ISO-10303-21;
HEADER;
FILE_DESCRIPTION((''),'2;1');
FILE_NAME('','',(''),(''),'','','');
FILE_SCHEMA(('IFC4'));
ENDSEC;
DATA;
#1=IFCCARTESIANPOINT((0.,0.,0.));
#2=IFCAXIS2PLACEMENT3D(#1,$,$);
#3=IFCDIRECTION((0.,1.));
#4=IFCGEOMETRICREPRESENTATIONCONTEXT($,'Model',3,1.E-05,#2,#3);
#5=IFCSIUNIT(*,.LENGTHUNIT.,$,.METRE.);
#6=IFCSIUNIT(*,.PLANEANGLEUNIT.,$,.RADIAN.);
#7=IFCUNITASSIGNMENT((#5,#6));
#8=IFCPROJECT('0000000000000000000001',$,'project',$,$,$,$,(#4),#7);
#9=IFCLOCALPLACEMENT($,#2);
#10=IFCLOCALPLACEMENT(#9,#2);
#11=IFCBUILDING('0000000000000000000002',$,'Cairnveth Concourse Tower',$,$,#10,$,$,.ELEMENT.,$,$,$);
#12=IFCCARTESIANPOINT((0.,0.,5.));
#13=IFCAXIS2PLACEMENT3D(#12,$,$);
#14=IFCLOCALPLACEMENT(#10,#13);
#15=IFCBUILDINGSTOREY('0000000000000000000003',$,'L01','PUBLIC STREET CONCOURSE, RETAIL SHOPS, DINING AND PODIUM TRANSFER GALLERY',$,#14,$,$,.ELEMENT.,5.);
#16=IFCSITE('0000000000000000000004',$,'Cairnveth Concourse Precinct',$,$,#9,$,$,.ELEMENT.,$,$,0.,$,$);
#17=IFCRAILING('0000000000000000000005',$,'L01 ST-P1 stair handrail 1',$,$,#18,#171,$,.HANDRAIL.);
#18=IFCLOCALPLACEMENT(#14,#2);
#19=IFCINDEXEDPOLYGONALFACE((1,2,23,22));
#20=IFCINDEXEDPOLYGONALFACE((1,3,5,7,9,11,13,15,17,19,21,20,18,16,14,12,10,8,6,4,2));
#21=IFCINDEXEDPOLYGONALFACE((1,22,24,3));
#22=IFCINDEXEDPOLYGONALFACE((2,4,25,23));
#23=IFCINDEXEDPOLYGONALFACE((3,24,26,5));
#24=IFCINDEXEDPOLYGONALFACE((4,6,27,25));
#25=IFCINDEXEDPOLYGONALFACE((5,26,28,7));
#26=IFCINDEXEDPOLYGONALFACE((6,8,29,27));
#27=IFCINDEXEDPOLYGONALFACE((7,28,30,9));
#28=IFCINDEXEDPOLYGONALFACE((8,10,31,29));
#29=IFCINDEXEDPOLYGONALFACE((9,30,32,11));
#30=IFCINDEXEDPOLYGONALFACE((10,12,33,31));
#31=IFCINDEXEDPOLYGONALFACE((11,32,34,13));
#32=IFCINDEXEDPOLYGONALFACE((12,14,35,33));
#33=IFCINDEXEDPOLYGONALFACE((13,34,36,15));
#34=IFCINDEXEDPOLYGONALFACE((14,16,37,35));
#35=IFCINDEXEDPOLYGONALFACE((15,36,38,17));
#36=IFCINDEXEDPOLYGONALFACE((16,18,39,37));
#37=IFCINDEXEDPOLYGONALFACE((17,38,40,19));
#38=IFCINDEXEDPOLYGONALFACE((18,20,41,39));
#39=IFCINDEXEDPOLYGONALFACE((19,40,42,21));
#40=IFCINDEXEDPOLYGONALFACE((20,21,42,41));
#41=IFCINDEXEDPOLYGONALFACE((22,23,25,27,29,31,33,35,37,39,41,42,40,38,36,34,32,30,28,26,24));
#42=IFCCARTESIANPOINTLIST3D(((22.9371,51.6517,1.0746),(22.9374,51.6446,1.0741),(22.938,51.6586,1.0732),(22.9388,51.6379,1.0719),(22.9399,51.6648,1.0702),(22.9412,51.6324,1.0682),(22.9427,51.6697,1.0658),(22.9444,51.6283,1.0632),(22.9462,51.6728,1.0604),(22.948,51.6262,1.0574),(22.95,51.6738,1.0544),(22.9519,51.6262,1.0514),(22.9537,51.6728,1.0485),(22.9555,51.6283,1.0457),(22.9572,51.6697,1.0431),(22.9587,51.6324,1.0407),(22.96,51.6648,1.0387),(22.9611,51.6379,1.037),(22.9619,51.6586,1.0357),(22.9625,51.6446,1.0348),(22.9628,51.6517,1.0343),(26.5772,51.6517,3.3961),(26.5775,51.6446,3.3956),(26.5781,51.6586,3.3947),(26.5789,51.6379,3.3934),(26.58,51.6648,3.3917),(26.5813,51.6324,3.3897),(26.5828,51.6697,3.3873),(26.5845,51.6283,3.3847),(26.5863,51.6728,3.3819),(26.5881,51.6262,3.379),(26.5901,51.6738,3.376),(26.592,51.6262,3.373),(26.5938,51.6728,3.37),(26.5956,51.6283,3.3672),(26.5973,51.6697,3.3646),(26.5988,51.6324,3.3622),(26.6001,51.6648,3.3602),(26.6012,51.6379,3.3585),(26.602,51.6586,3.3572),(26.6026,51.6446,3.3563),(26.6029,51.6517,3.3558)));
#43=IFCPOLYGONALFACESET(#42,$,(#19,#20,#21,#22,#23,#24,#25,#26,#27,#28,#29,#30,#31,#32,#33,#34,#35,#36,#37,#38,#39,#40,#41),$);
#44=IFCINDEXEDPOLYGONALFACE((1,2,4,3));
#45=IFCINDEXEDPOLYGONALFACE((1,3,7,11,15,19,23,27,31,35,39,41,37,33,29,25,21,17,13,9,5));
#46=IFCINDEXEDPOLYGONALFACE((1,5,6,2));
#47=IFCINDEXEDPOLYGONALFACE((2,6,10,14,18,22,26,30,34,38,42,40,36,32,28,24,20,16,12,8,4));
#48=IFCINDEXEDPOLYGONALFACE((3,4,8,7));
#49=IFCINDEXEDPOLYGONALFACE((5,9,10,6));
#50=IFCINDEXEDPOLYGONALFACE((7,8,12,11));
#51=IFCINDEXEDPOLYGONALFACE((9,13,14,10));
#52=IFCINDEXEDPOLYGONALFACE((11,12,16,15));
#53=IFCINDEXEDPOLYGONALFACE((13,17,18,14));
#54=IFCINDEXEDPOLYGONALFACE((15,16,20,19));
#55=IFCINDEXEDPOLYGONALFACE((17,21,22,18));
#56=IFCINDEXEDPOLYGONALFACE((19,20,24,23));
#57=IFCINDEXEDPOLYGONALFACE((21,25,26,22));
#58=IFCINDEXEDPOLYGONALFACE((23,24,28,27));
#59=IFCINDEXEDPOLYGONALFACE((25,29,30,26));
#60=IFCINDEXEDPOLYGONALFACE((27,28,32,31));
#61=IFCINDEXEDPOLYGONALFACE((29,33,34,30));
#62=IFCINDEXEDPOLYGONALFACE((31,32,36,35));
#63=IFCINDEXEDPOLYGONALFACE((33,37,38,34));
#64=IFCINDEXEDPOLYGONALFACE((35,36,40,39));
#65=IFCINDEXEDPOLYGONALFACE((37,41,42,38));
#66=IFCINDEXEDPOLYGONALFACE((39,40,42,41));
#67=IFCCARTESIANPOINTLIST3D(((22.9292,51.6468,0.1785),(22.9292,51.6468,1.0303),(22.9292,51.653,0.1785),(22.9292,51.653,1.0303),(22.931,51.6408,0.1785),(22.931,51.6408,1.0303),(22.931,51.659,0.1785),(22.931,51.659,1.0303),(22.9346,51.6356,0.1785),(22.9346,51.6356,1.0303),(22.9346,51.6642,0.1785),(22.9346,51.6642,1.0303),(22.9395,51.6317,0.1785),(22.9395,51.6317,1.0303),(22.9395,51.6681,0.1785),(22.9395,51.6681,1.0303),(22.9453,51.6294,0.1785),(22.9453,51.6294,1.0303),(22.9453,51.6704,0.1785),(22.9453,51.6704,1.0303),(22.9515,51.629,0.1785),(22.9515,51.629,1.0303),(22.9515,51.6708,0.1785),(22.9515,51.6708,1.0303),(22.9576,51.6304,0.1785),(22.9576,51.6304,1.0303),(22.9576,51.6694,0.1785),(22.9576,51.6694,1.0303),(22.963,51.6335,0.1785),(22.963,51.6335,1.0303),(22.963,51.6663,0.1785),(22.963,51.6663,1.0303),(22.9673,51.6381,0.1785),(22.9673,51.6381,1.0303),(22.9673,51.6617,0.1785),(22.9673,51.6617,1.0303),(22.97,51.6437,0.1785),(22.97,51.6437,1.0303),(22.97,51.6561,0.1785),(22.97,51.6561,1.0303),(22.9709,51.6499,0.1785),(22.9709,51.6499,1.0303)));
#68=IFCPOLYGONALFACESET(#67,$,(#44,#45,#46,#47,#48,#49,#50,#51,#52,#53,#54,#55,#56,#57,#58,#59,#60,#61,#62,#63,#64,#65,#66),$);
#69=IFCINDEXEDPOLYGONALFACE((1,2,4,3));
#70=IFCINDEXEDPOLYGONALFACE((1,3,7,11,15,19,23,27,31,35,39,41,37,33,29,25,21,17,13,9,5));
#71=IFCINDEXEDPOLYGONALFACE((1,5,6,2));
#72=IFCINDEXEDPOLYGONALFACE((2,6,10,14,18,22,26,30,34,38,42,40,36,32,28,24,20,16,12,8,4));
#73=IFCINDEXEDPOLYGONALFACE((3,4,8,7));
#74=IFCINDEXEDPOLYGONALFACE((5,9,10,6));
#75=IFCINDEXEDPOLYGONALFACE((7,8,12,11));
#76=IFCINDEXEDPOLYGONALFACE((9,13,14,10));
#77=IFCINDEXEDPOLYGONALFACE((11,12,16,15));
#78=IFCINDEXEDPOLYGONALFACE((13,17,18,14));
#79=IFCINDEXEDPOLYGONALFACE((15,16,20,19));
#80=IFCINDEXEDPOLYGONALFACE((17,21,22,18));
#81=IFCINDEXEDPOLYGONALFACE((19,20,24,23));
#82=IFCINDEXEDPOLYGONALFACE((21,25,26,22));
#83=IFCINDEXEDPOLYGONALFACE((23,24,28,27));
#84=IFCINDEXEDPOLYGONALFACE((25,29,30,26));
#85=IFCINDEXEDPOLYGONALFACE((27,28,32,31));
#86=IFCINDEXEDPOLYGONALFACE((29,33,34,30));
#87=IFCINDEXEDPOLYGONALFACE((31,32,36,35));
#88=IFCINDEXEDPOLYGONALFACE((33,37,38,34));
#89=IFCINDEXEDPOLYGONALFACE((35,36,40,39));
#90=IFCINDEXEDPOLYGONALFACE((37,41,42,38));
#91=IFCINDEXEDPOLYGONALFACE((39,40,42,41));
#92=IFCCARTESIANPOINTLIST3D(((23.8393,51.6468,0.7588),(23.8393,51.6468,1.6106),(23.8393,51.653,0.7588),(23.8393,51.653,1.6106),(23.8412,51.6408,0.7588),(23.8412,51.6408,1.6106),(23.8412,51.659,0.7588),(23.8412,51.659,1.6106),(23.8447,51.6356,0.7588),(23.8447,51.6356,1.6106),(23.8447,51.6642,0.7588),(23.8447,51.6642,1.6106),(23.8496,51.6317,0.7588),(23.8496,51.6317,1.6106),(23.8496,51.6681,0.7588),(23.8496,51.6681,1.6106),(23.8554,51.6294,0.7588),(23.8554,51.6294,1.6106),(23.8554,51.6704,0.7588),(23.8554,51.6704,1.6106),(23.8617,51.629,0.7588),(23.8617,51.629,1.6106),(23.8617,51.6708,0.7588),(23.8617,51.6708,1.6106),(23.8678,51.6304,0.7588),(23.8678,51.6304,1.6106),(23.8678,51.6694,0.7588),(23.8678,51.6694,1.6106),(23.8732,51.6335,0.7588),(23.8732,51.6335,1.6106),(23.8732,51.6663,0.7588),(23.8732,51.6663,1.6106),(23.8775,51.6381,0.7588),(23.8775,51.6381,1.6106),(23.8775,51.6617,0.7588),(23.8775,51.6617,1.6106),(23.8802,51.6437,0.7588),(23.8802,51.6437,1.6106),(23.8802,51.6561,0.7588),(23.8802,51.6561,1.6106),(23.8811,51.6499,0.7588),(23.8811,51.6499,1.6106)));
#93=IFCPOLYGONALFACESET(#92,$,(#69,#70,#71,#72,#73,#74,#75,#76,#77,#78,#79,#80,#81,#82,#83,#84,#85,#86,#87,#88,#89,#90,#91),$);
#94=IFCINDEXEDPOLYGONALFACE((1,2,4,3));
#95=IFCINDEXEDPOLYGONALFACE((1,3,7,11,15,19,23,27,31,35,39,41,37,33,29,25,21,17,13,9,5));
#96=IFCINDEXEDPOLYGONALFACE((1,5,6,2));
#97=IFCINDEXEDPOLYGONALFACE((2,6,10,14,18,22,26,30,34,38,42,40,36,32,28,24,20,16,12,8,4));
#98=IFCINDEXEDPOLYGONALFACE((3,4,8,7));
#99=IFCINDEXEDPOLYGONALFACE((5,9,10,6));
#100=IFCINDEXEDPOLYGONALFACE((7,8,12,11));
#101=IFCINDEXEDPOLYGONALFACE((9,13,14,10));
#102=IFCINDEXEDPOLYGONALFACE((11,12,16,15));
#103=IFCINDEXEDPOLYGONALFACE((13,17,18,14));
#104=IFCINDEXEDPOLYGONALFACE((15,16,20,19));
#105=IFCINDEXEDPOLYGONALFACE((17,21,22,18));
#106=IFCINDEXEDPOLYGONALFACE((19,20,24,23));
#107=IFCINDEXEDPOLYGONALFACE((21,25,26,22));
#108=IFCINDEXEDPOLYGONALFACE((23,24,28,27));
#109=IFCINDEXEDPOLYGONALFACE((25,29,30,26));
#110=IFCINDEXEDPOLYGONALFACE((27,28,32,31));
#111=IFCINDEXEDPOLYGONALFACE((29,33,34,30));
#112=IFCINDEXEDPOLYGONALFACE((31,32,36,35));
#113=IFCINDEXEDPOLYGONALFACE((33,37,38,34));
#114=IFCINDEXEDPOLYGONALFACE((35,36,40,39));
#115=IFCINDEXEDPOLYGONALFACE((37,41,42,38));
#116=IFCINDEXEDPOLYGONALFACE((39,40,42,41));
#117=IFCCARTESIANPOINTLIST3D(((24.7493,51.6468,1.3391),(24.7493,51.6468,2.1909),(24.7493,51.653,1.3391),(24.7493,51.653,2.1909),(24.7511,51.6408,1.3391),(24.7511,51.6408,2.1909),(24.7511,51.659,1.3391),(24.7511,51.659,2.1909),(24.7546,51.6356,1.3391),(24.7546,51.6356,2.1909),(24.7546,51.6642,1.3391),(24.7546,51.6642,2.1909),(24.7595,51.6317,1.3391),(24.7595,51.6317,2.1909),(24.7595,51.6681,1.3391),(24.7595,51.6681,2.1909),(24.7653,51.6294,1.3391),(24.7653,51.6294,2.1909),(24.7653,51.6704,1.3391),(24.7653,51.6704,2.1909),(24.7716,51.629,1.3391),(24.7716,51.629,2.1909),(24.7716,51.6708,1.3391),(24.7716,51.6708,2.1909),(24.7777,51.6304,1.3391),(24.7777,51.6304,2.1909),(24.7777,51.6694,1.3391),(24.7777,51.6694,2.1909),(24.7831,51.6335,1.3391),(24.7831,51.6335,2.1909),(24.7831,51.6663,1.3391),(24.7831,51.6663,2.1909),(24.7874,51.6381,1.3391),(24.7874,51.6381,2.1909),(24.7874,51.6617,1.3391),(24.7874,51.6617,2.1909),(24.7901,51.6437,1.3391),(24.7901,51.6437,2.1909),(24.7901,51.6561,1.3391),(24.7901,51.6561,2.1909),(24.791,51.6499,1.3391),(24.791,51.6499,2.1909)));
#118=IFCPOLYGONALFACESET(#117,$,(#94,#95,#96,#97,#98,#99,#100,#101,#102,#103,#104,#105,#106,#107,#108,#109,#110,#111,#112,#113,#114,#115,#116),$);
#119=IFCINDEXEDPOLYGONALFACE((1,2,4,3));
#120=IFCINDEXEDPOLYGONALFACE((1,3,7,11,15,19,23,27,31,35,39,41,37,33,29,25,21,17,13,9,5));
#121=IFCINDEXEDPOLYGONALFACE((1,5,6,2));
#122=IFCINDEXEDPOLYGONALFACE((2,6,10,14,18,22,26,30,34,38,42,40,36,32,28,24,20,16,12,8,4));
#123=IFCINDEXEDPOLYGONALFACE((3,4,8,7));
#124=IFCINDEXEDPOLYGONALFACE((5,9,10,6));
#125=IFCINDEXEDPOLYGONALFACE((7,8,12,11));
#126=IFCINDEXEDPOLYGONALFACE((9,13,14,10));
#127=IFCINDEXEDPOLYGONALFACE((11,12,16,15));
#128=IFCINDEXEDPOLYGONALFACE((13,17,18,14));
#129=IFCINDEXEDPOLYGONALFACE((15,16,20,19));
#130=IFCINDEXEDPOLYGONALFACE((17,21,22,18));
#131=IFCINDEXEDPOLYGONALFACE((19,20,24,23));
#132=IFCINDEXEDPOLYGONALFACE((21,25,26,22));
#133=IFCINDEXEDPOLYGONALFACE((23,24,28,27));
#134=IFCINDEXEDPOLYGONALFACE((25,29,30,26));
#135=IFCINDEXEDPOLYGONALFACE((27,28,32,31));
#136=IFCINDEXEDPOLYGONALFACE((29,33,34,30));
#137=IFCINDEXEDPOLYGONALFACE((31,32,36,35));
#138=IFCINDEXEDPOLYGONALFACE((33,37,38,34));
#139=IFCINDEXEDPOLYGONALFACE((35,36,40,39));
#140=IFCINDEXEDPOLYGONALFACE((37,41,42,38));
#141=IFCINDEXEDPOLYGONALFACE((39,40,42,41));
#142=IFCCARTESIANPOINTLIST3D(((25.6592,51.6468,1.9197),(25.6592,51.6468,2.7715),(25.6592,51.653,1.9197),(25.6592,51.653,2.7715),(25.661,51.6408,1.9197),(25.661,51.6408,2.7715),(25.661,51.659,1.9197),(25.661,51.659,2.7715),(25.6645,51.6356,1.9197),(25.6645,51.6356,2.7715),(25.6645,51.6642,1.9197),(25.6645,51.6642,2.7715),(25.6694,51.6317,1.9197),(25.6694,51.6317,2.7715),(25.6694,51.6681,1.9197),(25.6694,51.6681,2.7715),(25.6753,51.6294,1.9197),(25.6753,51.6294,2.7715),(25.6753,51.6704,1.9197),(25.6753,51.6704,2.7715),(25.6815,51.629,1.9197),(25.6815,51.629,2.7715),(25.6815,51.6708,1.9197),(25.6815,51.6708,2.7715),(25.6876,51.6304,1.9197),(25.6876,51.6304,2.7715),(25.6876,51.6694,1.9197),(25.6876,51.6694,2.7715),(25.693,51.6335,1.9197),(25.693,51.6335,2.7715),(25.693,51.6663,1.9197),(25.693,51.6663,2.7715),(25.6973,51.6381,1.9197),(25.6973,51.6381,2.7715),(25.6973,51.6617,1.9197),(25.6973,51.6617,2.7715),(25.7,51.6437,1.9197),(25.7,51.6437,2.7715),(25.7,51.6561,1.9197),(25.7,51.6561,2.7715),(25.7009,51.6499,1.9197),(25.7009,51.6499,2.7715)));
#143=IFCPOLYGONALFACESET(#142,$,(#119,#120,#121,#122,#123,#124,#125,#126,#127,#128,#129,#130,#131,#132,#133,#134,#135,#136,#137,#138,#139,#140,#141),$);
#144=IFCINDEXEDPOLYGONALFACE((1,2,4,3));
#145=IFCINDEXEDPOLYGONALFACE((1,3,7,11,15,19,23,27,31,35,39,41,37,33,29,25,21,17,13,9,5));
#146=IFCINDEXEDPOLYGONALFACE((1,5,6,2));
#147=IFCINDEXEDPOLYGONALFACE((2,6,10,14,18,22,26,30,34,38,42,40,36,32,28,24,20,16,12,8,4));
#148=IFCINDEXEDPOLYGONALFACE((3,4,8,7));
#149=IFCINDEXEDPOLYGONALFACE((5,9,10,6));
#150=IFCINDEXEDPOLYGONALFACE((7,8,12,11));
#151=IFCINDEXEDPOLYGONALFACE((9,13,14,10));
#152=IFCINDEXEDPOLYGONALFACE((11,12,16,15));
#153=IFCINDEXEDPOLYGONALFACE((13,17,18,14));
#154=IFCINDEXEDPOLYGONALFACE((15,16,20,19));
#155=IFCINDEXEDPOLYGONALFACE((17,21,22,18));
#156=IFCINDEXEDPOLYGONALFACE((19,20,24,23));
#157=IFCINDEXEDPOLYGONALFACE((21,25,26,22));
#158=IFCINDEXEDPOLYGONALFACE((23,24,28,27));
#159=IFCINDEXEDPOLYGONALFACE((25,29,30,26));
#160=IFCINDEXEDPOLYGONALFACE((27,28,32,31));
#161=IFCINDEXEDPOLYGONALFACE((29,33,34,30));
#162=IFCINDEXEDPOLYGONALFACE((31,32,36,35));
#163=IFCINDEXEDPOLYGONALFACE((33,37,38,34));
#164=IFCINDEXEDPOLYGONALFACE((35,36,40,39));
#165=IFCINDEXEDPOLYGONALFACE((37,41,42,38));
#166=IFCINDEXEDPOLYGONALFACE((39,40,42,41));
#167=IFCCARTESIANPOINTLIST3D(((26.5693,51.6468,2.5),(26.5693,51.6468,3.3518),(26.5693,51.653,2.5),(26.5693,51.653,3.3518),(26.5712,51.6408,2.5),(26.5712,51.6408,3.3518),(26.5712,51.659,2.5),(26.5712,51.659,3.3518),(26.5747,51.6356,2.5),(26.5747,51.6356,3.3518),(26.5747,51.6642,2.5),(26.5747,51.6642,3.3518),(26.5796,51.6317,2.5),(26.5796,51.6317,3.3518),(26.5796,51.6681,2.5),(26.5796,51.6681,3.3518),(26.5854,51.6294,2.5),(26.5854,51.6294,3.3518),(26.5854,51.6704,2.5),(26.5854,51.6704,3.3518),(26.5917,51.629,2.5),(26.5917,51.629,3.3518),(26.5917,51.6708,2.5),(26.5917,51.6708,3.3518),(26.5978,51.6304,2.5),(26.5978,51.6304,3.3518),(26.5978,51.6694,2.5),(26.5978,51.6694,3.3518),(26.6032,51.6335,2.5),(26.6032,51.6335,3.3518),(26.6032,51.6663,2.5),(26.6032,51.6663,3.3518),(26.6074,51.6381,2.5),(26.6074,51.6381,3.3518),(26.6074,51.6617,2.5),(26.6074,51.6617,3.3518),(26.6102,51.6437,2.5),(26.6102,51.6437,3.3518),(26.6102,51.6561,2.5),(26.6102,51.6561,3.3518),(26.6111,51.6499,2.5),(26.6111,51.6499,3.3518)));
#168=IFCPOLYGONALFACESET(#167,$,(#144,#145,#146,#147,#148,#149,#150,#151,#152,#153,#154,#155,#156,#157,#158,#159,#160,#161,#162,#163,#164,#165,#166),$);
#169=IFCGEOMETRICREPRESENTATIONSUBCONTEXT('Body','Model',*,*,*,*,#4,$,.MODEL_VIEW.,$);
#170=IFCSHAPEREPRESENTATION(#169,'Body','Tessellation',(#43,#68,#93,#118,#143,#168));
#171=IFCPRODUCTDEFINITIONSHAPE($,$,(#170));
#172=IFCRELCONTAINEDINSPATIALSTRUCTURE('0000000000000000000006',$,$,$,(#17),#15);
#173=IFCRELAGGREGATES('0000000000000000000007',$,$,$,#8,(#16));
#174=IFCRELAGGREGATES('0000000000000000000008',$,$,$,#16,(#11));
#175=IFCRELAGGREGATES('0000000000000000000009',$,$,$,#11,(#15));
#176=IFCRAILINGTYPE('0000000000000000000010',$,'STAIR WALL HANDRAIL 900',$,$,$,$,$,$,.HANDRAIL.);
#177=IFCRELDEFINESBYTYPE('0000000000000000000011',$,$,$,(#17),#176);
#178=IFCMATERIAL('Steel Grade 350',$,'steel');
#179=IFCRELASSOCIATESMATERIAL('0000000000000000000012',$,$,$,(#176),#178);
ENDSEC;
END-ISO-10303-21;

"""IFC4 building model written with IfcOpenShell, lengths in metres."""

from ifc_helpers import new_model, si_unit, direction, frame, origin, origin_2d, place, context, subcontext, project, spatial, circle, extrude, material, type_object, element, save


model = new_model("IFC4")

# Units and contexts
model_context = context("Model", 3, precision=1e-05, world=origin(), true_north=direction((0.0, 1.0)))
body_context = subcontext(model_context, "Body", "Model", "MODEL_VIEW")
ifc_project = project(units=[si_unit("LENGTHUNIT", "METRE"), si_unit("PLANEANGLEUNIT", "RADIAN")], contexts=[model_context])

# Site, building, storey
site_placement = place(None, origin())
site = spatial("IfcSite", under=ifc_project, at=site_placement, Name="Cairnveth Concourse Precinct", CompositionType="ELEMENT", RefElevation=0.0)
building_placement = place(site_placement, origin())
building = spatial("IfcBuilding", under=site, at=building_placement, Name="Cairnveth Concourse Tower", CompositionType="ELEMENT")
storey_placement = place(building_placement, frame((0.0, 0.0, 5.0)))
storey = spatial("IfcBuildingStorey", under=building, at=storey_placement, Name="L01", Description="PUBLIC STREET CONCOURSE, RETAIL SHOPS, DINING AND PODIUM TRANSFER GALLERY", CompositionType="ELEMENT", Elevation=5.0)

# Shared definitions
ifc_material_1 = material(Name="Steel Grade 350", Category="steel")

# Railing
railing_type_1 = type_object("IfcRailingType", Name="STAIR WALL HANDRAIL 900", PredefinedType="HANDRAIL", material=ifc_material_1)
railing_1_placement = place(storey_placement, frame((22.95, 51.6499, 0.1785)))
element("IfcRailing", 1, at=railing_1_placement, inside=storey, type_object=railing_type_1, Name="L01 ST-P1 stair handrail 1", PredefinedType="HANDRAIL", context=body_context, shape_type="SweptSolid", body=[
    extrude(circle(Radius=0.0239, at=origin_2d()), frame((0.0, 0.0, 0.876), z_axis=(0.843128, 0.0, 0.537713), x_axis=(0.0, 1.0, 0.0)), (0.0, 0.0, 1.0), 4.3174),
    extrude(circle(Radius=0.021, at=origin_2d()), origin(), (0.0, 0.0, 1.0), 0.8518),
    extrude(circle(Radius=0.021, at=origin_2d()), frame((0.9102, 0.0, 0.5803)), (0.0, 0.0, 1.0), 0.8518),
    extrude(circle(Radius=0.021, at=origin_2d()), frame((1.8201, 0.0, 1.1606)), (0.0, 0.0, 1.0), 0.8518),
    extrude(circle(Radius=0.021, at=origin_2d()), frame((2.73, 0.0, 1.7412)), (0.0, 0.0, 1.0), 0.8518),
    extrude(circle(Radius=0.021, at=origin_2d()), frame((3.6401, 0.0, 2.3215)), (0.0, 0.0, 1.0), 0.8518),
])

save(model, "model.ifc")
